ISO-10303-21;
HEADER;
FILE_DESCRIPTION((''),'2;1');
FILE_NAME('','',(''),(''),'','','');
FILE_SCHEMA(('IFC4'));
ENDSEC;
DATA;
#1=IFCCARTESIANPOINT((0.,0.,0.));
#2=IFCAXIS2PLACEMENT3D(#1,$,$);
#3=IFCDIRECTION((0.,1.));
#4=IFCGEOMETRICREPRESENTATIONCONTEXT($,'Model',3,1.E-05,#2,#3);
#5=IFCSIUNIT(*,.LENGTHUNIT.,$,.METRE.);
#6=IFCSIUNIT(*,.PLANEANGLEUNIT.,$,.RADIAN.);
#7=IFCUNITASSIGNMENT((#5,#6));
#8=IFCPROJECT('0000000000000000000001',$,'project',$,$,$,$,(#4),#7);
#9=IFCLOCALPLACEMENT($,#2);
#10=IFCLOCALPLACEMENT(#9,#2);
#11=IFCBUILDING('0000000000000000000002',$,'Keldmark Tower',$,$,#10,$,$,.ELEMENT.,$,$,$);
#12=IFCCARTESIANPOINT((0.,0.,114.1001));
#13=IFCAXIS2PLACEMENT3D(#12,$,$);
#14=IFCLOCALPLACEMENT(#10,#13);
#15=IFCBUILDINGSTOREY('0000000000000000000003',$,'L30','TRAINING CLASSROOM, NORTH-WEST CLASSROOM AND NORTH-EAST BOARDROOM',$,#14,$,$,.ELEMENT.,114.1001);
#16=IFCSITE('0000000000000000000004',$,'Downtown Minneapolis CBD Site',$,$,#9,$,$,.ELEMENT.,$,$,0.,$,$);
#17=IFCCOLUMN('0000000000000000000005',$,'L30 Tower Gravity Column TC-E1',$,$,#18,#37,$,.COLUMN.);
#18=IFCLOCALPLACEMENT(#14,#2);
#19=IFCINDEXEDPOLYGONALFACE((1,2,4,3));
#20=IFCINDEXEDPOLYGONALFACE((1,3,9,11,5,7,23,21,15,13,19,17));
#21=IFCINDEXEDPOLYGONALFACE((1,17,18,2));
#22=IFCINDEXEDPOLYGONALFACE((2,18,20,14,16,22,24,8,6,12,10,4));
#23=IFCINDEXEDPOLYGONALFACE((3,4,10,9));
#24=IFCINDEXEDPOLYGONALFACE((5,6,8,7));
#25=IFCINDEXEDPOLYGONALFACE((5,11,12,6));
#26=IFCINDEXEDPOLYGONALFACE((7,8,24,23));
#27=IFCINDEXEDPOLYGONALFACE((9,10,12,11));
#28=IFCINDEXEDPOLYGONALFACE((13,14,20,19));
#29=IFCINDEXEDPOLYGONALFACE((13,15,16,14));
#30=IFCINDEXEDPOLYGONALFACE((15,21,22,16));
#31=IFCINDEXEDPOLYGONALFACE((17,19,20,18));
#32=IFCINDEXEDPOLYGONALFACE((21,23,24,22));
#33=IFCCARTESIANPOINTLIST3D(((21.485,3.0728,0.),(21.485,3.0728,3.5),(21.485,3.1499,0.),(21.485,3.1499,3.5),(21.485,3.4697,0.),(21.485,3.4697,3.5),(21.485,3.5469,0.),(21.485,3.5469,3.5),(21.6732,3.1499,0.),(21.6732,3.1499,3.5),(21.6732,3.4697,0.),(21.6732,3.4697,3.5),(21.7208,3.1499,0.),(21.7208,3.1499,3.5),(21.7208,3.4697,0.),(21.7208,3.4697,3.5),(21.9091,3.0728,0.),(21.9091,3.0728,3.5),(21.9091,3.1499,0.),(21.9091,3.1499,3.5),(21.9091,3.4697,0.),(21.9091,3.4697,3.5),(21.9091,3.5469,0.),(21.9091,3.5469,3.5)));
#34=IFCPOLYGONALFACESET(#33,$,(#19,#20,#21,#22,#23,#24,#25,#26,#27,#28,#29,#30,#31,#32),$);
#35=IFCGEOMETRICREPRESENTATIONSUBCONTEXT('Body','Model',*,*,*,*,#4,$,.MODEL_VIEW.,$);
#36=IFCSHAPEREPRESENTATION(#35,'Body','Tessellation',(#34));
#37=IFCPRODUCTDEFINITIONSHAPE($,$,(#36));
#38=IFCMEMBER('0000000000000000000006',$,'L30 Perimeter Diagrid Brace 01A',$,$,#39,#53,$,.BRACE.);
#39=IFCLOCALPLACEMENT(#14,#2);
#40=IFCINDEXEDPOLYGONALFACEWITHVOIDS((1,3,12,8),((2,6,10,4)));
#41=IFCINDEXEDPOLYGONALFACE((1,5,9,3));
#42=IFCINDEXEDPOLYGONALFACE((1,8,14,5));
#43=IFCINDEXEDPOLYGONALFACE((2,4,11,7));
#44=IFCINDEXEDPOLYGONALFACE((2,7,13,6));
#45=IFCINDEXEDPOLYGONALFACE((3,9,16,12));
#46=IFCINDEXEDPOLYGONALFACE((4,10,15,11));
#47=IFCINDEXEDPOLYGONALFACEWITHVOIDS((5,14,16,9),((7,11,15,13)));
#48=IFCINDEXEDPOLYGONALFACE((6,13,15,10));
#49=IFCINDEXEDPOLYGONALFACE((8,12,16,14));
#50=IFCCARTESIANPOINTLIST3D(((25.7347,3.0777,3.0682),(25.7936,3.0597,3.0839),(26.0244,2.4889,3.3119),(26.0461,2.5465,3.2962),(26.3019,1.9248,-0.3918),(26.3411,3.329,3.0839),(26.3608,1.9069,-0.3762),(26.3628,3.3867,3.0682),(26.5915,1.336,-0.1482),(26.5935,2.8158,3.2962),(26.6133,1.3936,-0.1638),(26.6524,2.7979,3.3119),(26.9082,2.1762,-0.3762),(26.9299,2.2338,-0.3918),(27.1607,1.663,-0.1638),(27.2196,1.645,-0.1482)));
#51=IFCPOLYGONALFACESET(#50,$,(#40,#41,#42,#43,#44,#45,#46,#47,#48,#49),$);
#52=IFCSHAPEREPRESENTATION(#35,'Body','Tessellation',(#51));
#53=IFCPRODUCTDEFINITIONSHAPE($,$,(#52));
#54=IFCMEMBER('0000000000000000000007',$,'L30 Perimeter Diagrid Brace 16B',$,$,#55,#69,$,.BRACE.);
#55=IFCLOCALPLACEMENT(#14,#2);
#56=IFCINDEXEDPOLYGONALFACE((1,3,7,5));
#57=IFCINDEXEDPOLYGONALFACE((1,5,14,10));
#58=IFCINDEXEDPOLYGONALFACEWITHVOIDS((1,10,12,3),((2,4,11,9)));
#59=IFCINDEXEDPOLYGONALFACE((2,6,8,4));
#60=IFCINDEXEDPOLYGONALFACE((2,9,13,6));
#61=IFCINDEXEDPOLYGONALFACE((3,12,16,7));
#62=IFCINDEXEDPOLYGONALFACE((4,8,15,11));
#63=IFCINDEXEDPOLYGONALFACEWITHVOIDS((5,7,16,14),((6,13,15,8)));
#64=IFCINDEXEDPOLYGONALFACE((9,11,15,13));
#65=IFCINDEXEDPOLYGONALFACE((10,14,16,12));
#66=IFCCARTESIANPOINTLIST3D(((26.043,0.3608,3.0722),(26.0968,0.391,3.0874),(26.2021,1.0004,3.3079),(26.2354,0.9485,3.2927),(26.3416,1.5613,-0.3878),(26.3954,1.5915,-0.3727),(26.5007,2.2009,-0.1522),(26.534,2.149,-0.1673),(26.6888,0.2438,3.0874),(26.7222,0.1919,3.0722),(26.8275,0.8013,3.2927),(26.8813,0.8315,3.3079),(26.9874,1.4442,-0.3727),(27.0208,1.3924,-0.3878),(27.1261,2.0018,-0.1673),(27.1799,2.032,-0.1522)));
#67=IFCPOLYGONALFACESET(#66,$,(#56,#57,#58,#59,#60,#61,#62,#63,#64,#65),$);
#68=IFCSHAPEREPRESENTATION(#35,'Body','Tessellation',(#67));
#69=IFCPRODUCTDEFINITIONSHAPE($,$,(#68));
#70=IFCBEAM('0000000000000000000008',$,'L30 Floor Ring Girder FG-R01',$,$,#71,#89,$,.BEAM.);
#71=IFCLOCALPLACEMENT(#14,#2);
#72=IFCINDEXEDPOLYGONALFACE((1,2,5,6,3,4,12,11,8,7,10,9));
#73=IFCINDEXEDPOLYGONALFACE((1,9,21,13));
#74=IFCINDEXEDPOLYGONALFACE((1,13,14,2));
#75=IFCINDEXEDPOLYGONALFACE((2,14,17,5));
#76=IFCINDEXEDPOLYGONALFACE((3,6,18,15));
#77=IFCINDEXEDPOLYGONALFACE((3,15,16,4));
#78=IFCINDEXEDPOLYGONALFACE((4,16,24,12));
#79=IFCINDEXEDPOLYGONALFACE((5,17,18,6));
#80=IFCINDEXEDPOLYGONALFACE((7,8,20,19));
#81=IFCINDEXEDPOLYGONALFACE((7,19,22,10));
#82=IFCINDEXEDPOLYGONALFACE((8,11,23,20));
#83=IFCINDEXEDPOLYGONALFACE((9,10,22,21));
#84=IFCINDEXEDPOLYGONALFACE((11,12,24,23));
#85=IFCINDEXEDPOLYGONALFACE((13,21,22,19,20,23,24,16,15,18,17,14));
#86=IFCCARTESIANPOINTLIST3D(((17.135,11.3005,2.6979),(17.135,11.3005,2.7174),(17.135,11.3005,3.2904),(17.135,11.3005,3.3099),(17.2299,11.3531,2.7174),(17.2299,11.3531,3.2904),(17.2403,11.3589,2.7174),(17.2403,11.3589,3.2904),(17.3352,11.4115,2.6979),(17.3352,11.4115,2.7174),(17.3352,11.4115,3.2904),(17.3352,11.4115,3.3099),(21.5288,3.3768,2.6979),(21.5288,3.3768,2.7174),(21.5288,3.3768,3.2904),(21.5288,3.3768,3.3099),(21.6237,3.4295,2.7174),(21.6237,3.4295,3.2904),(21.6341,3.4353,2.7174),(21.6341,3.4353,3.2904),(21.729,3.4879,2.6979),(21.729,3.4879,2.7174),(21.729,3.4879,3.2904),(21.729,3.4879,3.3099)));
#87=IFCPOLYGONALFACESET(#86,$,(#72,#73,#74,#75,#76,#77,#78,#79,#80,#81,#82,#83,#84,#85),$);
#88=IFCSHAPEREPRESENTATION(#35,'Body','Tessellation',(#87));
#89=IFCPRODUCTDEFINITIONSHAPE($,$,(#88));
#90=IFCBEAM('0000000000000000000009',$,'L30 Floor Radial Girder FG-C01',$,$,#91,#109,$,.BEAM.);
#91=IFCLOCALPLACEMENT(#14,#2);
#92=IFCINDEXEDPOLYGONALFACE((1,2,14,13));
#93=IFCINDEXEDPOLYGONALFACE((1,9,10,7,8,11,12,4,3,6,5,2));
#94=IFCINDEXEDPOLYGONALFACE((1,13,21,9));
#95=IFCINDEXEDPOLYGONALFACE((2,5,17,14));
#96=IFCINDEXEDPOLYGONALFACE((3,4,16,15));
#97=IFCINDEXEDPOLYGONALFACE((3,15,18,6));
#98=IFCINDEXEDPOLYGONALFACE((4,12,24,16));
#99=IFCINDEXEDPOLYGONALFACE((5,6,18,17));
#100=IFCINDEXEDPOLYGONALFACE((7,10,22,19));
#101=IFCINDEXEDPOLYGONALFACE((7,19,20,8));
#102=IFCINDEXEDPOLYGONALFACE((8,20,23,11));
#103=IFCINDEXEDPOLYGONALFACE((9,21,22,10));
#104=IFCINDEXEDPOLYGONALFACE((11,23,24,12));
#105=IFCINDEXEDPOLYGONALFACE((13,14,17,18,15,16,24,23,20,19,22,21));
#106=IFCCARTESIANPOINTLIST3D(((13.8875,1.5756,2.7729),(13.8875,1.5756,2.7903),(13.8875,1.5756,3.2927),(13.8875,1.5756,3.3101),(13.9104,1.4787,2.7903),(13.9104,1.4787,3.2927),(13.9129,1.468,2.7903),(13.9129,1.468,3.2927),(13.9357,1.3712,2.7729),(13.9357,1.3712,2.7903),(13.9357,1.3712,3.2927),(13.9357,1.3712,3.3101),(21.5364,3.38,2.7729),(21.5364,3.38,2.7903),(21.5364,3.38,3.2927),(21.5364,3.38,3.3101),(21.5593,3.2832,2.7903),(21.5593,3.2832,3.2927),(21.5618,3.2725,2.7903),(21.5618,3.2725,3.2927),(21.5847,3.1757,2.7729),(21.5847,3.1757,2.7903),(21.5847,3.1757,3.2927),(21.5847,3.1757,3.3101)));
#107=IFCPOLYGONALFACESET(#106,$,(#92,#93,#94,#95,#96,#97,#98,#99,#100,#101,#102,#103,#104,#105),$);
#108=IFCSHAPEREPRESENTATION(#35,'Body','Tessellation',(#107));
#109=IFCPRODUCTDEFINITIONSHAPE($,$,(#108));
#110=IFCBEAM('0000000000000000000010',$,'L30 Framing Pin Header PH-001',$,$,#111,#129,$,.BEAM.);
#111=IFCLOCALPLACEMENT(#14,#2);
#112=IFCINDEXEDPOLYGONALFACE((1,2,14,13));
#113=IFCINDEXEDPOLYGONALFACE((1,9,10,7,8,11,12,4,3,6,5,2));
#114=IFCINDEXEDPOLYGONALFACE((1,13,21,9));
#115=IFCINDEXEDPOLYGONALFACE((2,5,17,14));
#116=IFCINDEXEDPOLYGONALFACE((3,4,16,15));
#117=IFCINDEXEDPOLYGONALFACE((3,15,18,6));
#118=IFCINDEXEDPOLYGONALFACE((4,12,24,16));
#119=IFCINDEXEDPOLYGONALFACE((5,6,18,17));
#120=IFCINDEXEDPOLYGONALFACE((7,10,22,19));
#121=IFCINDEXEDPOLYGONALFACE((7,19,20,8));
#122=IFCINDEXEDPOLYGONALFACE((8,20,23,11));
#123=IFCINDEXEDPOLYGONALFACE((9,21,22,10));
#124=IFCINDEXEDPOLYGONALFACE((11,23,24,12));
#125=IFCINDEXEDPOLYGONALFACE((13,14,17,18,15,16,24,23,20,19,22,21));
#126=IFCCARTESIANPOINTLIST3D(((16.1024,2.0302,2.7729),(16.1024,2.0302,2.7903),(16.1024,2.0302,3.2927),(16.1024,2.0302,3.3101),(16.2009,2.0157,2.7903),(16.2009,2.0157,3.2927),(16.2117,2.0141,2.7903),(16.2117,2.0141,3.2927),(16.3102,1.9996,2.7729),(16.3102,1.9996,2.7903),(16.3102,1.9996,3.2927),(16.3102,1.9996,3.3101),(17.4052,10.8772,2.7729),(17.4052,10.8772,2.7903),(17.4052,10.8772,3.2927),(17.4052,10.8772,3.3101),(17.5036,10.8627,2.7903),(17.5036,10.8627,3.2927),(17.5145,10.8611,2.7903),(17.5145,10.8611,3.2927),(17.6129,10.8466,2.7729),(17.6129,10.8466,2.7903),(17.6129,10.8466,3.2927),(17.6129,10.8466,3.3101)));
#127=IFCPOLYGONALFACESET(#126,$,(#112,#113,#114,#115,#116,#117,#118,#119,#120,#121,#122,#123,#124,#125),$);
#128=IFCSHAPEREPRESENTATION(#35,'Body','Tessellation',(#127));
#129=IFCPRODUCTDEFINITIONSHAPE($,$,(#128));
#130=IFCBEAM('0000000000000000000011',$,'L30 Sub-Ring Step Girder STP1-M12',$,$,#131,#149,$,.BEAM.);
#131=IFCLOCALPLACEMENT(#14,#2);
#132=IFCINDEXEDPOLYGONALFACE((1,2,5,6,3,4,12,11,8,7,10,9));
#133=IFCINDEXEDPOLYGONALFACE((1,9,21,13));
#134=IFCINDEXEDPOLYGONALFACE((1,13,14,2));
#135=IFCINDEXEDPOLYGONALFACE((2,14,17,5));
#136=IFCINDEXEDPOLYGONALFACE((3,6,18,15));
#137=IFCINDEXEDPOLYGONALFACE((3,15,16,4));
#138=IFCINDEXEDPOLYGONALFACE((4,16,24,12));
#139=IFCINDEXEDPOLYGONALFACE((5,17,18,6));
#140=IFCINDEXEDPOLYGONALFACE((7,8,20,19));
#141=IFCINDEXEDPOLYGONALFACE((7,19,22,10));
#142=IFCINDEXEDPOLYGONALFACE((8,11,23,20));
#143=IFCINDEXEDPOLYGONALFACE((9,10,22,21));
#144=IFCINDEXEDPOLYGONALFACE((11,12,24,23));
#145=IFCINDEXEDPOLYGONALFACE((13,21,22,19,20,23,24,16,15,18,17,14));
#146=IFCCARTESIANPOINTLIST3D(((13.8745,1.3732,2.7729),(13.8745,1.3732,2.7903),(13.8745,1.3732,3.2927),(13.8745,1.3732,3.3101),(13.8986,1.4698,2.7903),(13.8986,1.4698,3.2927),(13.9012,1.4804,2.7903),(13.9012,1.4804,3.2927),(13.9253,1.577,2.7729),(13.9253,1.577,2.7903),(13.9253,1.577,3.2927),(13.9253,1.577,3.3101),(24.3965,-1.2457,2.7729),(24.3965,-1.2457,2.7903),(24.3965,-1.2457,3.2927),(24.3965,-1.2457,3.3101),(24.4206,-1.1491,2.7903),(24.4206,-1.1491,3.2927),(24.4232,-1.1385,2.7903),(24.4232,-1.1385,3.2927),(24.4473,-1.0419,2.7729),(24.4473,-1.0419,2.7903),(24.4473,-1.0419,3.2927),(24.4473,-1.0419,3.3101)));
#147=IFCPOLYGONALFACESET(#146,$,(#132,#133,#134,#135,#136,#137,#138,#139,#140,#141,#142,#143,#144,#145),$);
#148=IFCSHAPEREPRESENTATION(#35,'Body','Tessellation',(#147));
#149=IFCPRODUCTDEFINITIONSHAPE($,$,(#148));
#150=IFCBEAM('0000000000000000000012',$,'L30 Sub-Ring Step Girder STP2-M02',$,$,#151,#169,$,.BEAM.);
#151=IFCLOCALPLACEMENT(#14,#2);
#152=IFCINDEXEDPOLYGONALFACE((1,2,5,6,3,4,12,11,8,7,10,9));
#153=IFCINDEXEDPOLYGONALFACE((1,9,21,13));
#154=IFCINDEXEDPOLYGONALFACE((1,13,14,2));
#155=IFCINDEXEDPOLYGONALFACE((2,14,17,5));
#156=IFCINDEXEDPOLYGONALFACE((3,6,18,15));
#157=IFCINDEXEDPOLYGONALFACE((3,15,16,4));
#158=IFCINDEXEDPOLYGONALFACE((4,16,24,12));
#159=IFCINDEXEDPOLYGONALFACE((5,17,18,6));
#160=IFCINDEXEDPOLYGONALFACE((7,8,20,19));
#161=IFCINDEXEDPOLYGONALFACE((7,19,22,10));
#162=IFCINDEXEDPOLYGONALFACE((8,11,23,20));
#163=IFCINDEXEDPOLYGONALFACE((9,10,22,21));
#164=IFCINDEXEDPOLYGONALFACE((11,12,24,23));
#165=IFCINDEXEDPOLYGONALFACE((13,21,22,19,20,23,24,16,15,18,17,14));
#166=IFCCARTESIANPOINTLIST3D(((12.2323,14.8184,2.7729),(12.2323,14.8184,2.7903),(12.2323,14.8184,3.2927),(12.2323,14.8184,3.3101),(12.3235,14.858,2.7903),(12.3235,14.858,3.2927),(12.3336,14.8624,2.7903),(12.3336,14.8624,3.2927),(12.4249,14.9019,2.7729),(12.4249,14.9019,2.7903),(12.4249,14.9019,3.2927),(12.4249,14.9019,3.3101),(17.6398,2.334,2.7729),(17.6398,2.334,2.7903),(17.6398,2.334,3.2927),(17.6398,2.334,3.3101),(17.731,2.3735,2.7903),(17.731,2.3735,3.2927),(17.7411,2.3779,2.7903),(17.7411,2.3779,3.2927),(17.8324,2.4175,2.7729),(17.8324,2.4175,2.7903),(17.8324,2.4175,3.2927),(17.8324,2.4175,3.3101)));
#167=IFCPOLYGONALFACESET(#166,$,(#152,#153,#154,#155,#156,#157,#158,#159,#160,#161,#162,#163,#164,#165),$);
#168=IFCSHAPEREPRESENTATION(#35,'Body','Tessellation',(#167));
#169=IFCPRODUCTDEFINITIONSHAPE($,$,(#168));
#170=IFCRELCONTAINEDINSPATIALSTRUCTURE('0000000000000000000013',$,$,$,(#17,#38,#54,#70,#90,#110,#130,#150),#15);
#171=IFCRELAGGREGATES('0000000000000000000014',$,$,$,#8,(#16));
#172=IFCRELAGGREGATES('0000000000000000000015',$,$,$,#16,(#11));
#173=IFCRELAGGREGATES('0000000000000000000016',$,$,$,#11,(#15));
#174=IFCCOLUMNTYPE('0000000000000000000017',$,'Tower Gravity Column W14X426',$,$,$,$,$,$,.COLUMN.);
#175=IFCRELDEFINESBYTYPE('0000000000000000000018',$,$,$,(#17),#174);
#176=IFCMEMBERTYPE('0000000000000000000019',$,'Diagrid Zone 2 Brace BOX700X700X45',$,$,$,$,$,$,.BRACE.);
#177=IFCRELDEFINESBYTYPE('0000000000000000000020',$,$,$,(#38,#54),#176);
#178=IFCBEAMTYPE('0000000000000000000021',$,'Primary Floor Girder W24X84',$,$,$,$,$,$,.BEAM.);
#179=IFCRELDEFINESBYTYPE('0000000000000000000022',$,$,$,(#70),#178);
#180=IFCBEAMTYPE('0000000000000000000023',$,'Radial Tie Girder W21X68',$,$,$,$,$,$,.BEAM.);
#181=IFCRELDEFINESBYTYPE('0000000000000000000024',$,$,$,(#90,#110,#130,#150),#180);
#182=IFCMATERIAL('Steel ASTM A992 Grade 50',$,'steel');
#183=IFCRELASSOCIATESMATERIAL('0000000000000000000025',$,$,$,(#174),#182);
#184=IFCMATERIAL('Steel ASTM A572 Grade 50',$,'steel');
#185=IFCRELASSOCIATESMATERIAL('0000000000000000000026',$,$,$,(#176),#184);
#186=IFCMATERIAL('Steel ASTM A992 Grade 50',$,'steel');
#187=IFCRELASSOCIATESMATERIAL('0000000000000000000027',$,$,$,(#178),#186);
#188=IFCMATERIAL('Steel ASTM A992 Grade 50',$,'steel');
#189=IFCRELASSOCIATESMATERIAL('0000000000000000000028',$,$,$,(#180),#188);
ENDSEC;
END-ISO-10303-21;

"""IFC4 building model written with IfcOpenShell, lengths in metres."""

from ifc_helpers import new_model, si_unit, direction, frame, origin, origin_2d, place, context, subcontext, project, spatial, hollow_rectangle, i_section, extrude, material, material_profile, profile_set, type_object, element, save


model = new_model("IFC4")

# Units and contexts
model_context = context("Model", 3, precision=1e-05, world=origin(), true_north=direction((0.0, 1.0)))
body_context = subcontext(model_context, "Body", "Model", "MODEL_VIEW")
ifc_project = project(units=[si_unit("LENGTHUNIT", "METRE"), si_unit("PLANEANGLEUNIT", "RADIAN")], contexts=[model_context])

# Site, building, storey
site_placement = place(None, origin())
site = spatial("IfcSite", under=ifc_project, at=site_placement, Name="Downtown Minneapolis CBD Site", CompositionType="ELEMENT", RefElevation=0.0)
building_placement = place(site_placement, origin())
building = spatial("IfcBuilding", under=site, at=building_placement, Name="Keldmark Tower", CompositionType="ELEMENT")
storey_placement = place(building_placement, frame((0.0, 0.0, 114.1001)))
storey = spatial("IfcBuildingStorey", under=building, at=storey_placement, Name="L30", Description="TRAINING CLASSROOM, NORTH-WEST CLASSROOM AND NORTH-EAST BOARDROOM", CompositionType="ELEMENT", Elevation=114.1001)

# Column
ifc_material_1 = material(Name="Steel ASTM A992 Grade 50", Category="steel")
ifc_material_profile_1 = material_profile(ifc_material_1, i_section(OverallWidth=0.4241, OverallDepth=0.4741, WebThickness=0.0476, FlangeThickness=0.0771, at=origin_2d()), Name="W14X426")
ifc_profile_set_1 = profile_set([ifc_material_profile_1], Name="Steel ASTM A992 Grade 50")
column_type = type_object("IfcColumnType", Name="Tower Gravity Column W14X426", PredefinedType="COLUMN", material=ifc_profile_set_1)
column_placement = place(storey_placement, frame((21.697, 3.3098, 0.0), z_axis=(0.0, 0.0, 1.0), x_axis=(1.0, 0.0, 0.0)))
element("IfcColumn", 1, at=column_placement, inside=storey, type_object=column_type, Name="L30 Tower Gravity Column TC-E1", PredefinedType="COLUMN", context=body_context, shape_type="SweptSolid", body=[
    extrude(i_section(OverallWidth=0.4241, OverallDepth=0.4741, WebThickness=0.0476, FlangeThickness=0.0771, at=origin_2d()), origin(), (0.0, 0.0, 1.0), 3.5),
])

# Members
ifc_material_2 = material(Name="Steel ASTM A572 Grade 50", Category="steel")
ifc_material_profile_2 = material_profile(ifc_material_2, hollow_rectangle(XDim=0.7, YDim=0.7, WallThickness=0.0449, at=origin_2d()), Name="BOX700X700X45")
ifc_profile_set_2 = profile_set([ifc_material_profile_2], Name="Steel ASTM A572 Grade 50")
member_type = type_object("IfcMemberType", Name="Diagrid Zone 2 Brace BOX700X700X45", PredefinedType="BRACE", material=ifc_profile_set_2)
member_1_placement = place(storey_placement, frame((26.7607, 1.7849, -0.27), z_axis=(-0.153663, 0.312353, 0.937456), x_axis=(-0.897297, -0.441428, 0.0)))
element("IfcMember", 2, at=member_1_placement, inside=storey, type_object=member_type, Name="L30 Perimeter Diagrid Brace 01A", PredefinedType="BRACE", context=body_context, shape_type="SweptSolid", body=[
    extrude(hollow_rectangle(XDim=0.7, YDim=0.7, WallThickness=0.0449, at=origin_2d()), origin(), (0.0, 0.0, 1.0), 3.6909),
])
member_2_placement = place(storey_placement, frame((26.7607, 1.7966, -0.27), z_axis=(-0.08126, -0.3267, 0.941628), x_axis=(0.970432, -0.241374, 0.0)))
element("IfcMember", 3, at=member_2_placement, inside=storey, type_object=member_type, Name="L30 Perimeter Diagrid Brace 16B", PredefinedType="BRACE", context=body_context, shape_type="SweptSolid", body=[
    extrude(hollow_rectangle(XDim=0.7, YDim=0.7, WallThickness=0.0449, at=origin_2d()), origin(), (0.0, 0.0, 1.0), 3.6746),
])

# Beams
ifc_material_3 = material(Name="Steel ASTM A992 Grade 50", Category="steel")
ifc_material_profile_3 = material_profile(ifc_material_3, i_section(OverallWidth=0.229, OverallDepth=0.6121, WebThickness=0.012, FlangeThickness=0.0195, at=origin_2d()), Name="W24X84")
ifc_profile_set_3 = profile_set([ifc_material_profile_3], Name="Steel ASTM A992 Grade 50")
beam_type_1 = type_object("IfcBeamType", Name="Primary Floor Girder W24X84", PredefinedType="BEAM", material=ifc_profile_set_3)
beam_1_placement = place(storey_placement, frame((21.6289, 3.4324, 3.0039), z_axis=(-0.484952, 0.874541, 0.0), x_axis=(-0.874541, -0.484952, 0.0)))
element("IfcBeam", 4, at=beam_1_placement, inside=storey, type_object=beam_type_1, Name="L30 Floor Ring Girder FG-R01", PredefinedType="BEAM", context=body_context, shape_type="SweptSolid", body=[
    extrude(i_section(OverallWidth=0.229, OverallDepth=0.6121, WebThickness=0.012, FlangeThickness=0.0195, at=origin_2d()), origin(), (0.0, 0.0, 1.0), 9.0603),
])
ifc_material_4 = material(Name="Steel ASTM A992 Grade 50", Category="steel")
ifc_material_profile_4 = material_profile(ifc_material_4, i_section(OverallWidth=0.21, OverallDepth=0.5371, WebThickness=0.011, FlangeThickness=0.0173, at=origin_2d()), Name="W21X68")
ifc_profile_set_4 = profile_set([ifc_material_profile_4], Name="Steel ASTM A992 Grade 50")
beam_type_2 = type_object("IfcBeamType", Name="Radial Tie Girder W21X68", PredefinedType="BEAM", material=ifc_profile_set_4)
beam_2_placement = place(storey_placement, frame((21.5605, 3.2778, 3.0415), z_axis=(-0.973284, -0.229606, 0.0), x_axis=(0.229606, -0.973284, 0.0)))
element("IfcBeam", 5, at=beam_2_placement, inside=storey, type_object=beam_type_2, Name="L30 Floor Radial Girder FG-C01", PredefinedType="BEAM", context=body_context, shape_type="SweptSolid", body=[
    extrude(i_section(OverallWidth=0.21, OverallDepth=0.5371, WebThickness=0.011, FlangeThickness=0.0173, at=origin_2d()), origin(), (0.0, 0.0, 1.0), 7.8589),
])
beam_3_placement = place(storey_placement, frame((16.2063, 2.0149, 3.0415), z_axis=(0.145682, 0.989331, 0.0), x_axis=(-0.989331, 0.145682, 0.0)))
element("IfcBeam", 6, at=beam_3_placement, inside=storey, type_object=beam_type_2, Name="L30 Framing Pin Header PH-001", PredefinedType="BEAM", context=body_context, shape_type="SweptSolid", body=[
    extrude(i_section(OverallWidth=0.21, OverallDepth=0.5371, WebThickness=0.011, FlangeThickness=0.0173, at=origin_2d()), origin(), (0.0, 0.0, 1.0), 8.9424),
])
beam_4_placement = place(storey_placement, frame((13.8999, 1.4751, 3.0415), z_axis=(0.970394, -0.241529, 0.0), x_axis=(0.241529, 0.970394, 0.0)))
element("IfcBeam", 7, at=beam_4_placement, inside=storey, type_object=beam_type_2, Name="L30 Sub-Ring Step Girder STP1-M12", PredefinedType="BEAM", context=body_context, shape_type="SweptSolid", body=[
    extrude(i_section(OverallWidth=0.21, OverallDepth=0.5371, WebThickness=0.011, FlangeThickness=0.0173, at=origin_2d()), origin(), (0.0, 0.0, 1.0), 10.843),
])
beam_5_placement = place(storey_placement, frame((17.7361, 2.3757, 3.0415), z_axis=(-0.397457, 0.917621, 0.0), x_axis=(-0.917621, -0.397457, 0.0)))
element("IfcBeam", 8, at=beam_5_placement, inside=storey, type_object=beam_type_2, Name="L30 Sub-Ring Step Girder STP2-M02", PredefinedType="BEAM", context=body_context, shape_type="SweptSolid", body=[
    extrude(i_section(OverallWidth=0.21, OverallDepth=0.5371, WebThickness=0.011, FlangeThickness=0.0173, at=origin_2d()), origin(), (0.0, 0.0, 1.0), 13.6052),
])

save(model, "model.ifc")
